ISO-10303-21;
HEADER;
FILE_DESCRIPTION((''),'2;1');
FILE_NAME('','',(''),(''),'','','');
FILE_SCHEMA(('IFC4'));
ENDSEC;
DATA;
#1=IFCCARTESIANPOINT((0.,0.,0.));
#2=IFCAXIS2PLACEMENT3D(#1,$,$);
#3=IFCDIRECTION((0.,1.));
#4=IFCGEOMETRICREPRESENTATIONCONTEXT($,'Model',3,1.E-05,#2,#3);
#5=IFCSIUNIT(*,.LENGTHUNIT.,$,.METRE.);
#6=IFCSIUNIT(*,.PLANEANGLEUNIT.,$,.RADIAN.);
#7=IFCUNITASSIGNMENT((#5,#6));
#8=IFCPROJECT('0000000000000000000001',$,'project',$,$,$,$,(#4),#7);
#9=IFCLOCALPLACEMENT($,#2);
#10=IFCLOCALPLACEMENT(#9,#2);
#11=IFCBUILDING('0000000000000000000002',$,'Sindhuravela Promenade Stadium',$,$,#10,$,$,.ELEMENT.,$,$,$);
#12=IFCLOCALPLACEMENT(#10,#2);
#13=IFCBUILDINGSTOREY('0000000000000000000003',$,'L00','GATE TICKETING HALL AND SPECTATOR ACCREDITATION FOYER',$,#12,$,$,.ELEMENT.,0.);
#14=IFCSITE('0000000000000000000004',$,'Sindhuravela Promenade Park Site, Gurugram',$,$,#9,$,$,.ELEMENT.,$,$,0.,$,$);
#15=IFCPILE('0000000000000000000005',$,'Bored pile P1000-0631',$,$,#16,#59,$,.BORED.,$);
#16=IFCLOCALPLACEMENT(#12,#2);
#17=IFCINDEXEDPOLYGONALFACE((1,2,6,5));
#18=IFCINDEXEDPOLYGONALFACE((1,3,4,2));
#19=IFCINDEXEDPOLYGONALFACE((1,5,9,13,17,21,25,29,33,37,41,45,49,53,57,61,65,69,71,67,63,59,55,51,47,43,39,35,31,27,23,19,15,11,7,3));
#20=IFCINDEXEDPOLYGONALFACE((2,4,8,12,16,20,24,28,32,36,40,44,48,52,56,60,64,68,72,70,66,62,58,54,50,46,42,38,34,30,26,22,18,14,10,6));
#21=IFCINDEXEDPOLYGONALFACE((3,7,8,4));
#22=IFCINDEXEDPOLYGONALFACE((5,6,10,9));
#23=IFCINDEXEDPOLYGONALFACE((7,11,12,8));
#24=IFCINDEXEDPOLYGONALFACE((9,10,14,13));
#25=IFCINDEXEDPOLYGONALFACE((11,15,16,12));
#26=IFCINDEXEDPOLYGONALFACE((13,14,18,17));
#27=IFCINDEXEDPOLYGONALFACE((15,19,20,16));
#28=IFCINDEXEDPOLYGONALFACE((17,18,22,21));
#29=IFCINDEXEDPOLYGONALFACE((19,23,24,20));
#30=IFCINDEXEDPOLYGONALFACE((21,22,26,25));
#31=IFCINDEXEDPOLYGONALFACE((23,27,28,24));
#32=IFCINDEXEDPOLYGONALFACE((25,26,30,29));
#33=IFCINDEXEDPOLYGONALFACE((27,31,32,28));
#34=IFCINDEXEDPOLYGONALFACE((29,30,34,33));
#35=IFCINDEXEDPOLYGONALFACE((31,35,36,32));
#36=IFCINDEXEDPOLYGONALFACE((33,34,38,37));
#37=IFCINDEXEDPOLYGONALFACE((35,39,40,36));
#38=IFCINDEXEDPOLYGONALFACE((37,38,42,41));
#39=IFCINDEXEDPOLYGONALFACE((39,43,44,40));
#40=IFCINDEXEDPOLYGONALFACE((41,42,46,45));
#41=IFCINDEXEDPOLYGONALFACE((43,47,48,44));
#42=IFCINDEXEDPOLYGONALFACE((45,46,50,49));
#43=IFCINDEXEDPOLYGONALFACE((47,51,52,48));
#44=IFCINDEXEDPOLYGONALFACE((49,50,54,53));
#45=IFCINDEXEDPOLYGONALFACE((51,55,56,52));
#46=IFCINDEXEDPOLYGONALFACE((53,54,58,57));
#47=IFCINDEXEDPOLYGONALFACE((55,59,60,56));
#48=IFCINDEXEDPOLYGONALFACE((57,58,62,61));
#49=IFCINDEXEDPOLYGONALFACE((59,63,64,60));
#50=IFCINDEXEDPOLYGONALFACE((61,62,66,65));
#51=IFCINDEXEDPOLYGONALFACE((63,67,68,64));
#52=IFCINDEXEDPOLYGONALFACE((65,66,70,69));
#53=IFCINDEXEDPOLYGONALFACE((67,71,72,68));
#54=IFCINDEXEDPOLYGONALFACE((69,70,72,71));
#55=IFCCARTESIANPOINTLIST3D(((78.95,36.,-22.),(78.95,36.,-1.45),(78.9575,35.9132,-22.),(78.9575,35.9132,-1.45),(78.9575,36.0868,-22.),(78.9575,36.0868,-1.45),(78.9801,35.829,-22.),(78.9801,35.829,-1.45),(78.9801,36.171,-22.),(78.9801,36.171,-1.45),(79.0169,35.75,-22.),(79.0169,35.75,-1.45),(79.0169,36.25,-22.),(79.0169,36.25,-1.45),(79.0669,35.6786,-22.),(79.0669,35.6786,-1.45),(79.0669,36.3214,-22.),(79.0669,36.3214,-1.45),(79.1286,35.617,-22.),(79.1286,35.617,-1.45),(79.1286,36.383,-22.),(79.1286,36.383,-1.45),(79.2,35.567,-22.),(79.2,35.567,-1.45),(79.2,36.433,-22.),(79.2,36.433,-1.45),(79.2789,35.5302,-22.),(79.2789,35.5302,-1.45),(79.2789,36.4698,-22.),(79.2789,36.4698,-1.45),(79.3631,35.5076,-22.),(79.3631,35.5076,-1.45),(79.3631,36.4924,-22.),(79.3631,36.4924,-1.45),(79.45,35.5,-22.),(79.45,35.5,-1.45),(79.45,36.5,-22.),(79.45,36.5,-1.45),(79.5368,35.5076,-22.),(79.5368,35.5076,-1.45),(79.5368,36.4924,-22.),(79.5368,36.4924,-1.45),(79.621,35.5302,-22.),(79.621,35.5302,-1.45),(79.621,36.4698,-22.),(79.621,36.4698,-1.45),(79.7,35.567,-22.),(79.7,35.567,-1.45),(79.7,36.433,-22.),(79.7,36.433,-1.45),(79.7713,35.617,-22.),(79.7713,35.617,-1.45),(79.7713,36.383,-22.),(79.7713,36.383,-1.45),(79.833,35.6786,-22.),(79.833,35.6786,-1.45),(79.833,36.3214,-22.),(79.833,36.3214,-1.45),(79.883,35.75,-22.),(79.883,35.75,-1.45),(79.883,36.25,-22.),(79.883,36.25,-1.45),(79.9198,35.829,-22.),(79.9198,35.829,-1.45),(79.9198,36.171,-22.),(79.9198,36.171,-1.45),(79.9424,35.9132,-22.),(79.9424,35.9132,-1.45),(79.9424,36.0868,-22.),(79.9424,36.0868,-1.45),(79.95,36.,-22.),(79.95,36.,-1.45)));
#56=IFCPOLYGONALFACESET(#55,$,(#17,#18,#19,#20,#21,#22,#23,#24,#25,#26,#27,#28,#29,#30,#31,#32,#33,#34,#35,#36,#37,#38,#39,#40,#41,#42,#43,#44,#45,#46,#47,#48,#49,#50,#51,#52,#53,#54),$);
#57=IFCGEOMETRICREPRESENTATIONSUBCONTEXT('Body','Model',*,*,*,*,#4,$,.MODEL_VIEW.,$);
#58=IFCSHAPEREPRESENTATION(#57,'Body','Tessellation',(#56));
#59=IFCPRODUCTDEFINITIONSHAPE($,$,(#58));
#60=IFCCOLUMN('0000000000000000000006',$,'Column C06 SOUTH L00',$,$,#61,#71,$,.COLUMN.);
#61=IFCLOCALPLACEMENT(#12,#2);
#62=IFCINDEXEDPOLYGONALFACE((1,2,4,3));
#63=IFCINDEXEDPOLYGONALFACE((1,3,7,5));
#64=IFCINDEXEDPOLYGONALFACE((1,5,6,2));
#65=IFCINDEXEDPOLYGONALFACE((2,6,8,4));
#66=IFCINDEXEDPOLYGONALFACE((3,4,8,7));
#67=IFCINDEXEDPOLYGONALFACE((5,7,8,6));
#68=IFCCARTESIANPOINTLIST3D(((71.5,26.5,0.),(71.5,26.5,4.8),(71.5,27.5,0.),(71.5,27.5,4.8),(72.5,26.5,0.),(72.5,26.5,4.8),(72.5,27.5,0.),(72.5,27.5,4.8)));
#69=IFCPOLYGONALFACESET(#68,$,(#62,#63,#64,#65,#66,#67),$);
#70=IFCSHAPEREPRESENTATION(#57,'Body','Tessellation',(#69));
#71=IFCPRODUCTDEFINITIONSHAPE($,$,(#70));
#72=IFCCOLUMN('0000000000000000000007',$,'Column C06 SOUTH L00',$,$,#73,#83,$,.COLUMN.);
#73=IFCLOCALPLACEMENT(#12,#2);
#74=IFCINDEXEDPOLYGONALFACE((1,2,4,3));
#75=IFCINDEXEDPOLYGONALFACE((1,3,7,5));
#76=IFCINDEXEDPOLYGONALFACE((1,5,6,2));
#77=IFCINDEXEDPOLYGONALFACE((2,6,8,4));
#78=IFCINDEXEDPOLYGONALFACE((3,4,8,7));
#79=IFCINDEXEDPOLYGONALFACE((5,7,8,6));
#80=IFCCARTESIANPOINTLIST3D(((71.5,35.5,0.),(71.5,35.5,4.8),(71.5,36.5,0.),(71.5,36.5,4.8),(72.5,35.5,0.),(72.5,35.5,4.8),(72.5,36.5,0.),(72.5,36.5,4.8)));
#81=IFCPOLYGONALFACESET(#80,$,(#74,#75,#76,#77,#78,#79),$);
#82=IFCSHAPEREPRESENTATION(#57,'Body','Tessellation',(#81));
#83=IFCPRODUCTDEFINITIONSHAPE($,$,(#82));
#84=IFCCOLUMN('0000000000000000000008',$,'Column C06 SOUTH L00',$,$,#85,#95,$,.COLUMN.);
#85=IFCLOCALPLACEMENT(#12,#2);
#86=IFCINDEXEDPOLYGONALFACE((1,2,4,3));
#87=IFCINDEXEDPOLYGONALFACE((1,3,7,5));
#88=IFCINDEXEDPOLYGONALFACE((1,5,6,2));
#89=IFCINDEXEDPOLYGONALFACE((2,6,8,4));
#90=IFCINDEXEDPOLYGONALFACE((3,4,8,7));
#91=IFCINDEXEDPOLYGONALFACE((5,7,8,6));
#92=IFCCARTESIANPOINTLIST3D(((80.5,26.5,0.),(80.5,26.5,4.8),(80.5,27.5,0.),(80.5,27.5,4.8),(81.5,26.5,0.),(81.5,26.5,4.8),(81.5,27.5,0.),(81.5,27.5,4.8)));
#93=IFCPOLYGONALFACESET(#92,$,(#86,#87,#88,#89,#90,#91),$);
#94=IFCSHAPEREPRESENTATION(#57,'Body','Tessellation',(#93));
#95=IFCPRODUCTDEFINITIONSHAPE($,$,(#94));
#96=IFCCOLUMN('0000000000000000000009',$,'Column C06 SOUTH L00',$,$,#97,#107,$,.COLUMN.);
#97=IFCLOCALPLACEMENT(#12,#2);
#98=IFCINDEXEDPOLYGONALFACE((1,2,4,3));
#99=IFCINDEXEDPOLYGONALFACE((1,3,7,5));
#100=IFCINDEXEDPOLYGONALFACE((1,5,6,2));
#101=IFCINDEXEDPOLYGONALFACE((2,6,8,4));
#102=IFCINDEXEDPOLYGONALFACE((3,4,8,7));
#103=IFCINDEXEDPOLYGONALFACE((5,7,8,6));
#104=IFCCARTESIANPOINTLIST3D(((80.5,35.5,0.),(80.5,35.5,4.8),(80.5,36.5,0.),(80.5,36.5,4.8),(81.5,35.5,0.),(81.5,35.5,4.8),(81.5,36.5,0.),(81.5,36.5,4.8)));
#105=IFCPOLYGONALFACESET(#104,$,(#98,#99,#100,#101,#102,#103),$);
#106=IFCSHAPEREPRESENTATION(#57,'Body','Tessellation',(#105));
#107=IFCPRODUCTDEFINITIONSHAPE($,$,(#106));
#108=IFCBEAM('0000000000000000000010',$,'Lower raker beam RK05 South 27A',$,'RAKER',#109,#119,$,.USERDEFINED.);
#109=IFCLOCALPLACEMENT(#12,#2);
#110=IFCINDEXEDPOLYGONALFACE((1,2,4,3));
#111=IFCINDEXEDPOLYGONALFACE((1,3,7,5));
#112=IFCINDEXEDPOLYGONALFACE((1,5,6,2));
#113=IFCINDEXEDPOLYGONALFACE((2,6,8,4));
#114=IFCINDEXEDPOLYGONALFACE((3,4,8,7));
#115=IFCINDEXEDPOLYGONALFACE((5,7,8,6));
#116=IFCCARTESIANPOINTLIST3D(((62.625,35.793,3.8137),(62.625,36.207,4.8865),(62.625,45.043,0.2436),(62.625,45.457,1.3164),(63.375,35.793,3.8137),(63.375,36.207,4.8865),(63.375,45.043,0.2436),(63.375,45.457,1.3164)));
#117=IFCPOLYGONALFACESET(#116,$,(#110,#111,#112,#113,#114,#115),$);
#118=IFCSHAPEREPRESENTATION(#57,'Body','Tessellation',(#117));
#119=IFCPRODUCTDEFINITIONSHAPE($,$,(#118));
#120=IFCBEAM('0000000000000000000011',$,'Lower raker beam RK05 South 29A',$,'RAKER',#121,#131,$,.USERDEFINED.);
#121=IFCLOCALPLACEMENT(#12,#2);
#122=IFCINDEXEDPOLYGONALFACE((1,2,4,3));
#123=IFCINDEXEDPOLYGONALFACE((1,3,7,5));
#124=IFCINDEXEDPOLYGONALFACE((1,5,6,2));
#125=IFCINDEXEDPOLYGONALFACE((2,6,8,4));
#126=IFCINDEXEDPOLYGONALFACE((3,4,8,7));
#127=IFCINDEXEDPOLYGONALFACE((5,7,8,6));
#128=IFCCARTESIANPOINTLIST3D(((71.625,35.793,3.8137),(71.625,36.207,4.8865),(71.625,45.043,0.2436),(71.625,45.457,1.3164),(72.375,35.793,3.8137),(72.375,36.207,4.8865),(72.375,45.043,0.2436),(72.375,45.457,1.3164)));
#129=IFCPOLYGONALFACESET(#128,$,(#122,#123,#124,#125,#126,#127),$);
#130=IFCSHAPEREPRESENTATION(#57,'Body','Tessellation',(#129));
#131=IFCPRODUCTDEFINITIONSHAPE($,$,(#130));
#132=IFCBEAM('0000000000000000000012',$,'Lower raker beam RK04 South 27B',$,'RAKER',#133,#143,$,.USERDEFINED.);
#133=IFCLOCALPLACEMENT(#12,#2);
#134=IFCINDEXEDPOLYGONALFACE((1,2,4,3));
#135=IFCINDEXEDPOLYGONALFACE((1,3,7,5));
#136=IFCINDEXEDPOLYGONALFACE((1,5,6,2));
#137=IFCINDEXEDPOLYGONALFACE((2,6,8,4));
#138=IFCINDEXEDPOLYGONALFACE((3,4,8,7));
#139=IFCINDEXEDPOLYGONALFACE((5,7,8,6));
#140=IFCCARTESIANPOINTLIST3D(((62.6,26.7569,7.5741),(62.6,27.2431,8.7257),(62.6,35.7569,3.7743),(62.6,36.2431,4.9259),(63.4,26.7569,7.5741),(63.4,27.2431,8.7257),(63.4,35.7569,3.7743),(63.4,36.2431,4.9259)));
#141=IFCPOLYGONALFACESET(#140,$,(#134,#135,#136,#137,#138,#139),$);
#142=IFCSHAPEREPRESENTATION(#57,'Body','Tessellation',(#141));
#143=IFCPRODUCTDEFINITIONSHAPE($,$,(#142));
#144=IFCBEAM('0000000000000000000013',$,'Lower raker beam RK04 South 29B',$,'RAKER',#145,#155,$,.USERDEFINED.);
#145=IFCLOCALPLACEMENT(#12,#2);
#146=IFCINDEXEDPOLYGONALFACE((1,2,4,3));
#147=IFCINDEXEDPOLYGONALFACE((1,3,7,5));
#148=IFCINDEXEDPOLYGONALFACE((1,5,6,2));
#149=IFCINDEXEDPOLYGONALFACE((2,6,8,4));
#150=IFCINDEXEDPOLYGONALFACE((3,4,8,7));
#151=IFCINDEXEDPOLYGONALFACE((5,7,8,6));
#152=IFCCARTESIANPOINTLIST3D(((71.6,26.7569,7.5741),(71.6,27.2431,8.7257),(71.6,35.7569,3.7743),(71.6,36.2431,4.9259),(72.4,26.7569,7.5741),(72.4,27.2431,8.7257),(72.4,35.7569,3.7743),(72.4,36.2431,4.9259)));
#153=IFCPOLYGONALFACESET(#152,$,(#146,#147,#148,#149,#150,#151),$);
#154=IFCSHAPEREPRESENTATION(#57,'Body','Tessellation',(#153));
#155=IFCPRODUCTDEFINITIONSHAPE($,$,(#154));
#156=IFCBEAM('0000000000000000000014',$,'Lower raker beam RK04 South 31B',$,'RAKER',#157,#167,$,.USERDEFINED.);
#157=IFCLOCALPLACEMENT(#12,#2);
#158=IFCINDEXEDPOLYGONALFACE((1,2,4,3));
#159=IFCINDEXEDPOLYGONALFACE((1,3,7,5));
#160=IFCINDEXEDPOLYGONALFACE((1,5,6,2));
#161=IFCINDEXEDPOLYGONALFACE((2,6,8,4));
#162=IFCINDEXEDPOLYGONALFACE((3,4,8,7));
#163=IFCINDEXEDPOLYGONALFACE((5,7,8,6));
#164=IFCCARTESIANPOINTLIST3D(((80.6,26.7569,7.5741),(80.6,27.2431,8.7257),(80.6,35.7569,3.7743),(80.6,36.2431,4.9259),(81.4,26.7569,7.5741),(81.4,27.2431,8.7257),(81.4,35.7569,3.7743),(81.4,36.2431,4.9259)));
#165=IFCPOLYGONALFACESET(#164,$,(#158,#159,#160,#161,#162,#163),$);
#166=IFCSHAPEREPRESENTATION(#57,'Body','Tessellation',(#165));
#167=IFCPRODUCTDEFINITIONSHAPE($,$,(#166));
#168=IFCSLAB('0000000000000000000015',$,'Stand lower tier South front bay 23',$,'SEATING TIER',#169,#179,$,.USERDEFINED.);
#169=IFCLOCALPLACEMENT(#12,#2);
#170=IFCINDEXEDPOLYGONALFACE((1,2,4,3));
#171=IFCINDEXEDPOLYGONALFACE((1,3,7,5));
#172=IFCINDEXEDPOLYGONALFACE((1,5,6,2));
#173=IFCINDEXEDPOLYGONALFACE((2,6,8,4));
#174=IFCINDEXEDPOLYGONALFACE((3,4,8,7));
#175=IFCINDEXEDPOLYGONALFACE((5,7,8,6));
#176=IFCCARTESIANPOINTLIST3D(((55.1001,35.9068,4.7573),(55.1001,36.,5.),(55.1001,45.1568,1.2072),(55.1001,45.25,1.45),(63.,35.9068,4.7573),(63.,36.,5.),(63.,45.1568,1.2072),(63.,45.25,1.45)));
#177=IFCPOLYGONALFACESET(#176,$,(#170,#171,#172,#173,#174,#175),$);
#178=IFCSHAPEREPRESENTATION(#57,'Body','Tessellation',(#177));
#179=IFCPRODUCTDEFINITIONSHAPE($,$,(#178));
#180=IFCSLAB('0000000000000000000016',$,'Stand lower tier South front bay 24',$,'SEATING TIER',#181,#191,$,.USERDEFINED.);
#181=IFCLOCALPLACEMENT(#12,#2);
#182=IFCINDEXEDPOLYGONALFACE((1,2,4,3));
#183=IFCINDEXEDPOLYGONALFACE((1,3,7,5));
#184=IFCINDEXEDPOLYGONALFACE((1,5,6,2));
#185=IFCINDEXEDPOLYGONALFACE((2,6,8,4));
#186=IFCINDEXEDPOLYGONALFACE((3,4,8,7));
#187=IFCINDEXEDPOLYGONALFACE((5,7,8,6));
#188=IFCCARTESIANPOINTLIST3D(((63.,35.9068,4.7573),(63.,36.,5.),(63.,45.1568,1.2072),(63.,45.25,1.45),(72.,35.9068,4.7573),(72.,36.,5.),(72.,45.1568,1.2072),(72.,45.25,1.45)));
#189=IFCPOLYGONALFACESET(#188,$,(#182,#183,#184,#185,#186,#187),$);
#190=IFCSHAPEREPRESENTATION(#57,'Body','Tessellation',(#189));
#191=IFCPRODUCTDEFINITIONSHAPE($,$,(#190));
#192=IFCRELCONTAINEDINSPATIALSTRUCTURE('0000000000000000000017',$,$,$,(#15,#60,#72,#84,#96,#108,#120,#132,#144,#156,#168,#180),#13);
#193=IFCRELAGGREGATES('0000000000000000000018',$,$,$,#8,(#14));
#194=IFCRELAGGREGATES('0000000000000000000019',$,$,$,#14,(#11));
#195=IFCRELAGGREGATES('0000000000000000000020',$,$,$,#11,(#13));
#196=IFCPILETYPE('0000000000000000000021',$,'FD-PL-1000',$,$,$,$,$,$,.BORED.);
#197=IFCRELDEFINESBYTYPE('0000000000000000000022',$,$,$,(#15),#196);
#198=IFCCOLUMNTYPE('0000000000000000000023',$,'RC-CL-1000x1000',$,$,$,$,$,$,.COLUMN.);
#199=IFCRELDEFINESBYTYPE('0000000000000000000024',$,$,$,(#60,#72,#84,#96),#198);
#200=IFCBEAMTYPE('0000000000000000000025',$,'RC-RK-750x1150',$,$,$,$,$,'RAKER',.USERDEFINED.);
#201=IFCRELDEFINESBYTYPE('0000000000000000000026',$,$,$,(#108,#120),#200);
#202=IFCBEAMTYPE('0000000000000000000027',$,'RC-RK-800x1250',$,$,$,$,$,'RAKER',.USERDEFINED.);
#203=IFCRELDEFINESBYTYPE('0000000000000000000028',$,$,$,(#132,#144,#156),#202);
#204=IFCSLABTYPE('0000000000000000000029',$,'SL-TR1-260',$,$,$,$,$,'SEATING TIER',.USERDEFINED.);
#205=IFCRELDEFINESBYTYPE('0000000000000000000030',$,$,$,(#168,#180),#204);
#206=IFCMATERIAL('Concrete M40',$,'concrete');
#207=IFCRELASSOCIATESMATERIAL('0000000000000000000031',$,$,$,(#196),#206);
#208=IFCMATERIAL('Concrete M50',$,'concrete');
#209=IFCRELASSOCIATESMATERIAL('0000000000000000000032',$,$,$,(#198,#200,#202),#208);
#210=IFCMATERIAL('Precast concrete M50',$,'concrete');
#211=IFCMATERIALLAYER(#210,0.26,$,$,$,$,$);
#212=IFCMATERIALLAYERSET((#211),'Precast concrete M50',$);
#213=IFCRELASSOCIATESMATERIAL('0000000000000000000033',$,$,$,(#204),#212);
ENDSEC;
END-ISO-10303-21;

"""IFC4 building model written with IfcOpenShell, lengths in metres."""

from ifc_helpers import new_model, si_unit, direction, frame, origin, origin_2d, place, context, subcontext, project, spatial, polyline, rectangle, circle, outline, extrude, material, layer, layer_set, material_profile, profile_set, type_object, element, save


model = new_model("IFC4")

# Units and contexts
model_context = context("Model", 3, precision=1e-05, world=origin(), true_north=direction((0.0, 1.0)))
body_context = subcontext(model_context, "Body", "Model", "MODEL_VIEW")
ifc_project = project(units=[si_unit("LENGTHUNIT", "METRE"), si_unit("PLANEANGLEUNIT", "RADIAN")], contexts=[model_context])

# Site, building, storey
site_placement = place(None, origin())
site = spatial("IfcSite", under=ifc_project, at=site_placement, Name="Sindhuravela Promenade Park Site, Gurugram", CompositionType="ELEMENT", RefElevation=0.0)
building_placement = place(site_placement, origin())
building = spatial("IfcBuilding", under=site, at=building_placement, Name="Sindhuravela Promenade Stadium", CompositionType="ELEMENT")
storey_placement = place(building_placement, origin())
storey = spatial("IfcBuildingStorey", under=building, at=storey_placement, Name="L00", Description="GATE TICKETING HALL AND SPECTATOR ACCREDITATION FOYER", CompositionType="ELEMENT", Elevation=0.0)

# Shared definitions
ifc_material_1 = material(Name="Concrete M50", Category="concrete")

# Pile
ifc_material_2 = material(Name="Concrete M40", Category="concrete")
ifc_material_profile_1 = material_profile(ifc_material_2, circle(Radius=0.5, at=origin_2d()), Name="BORED PILE D1000")
ifc_profile_set_1 = profile_set([ifc_material_profile_1], Name="Concrete M40")
pile_type = type_object("IfcPileType", Name="FD-PL-1000", PredefinedType="BORED", material=ifc_profile_set_1)
for number, where, z_axis, x_axis, name in (
    (1, (79.45, 36.0, -1.45), (0.0, 0.0, -1.0), (1.0, 0.0, 0.0), "Bored pile P1000-0631"),
):
    element("IfcPile", number, at=place(storey_placement, frame(where, z_axis=z_axis, x_axis=x_axis)), inside=storey, type_object=pile_type, Name=name, PredefinedType="BORED", context=body_context, shape_type="SweptSolid", body=[
        extrude(circle(Radius=0.5, at=origin_2d()), origin(), (0.0, 0.0, 1.0), 20.55),
    ])

# Columns
ifc_material_profile_2 = material_profile(ifc_material_1, rectangle(XDim=1.0, YDim=1.0, at=origin_2d()), Name="RC 1000x1000")
ifc_profile_set_2 = profile_set([ifc_material_profile_2], Name="Concrete M50")
column_type = type_object("IfcColumnType", Name="RC-CL-1000x1000", PredefinedType="COLUMN", material=ifc_profile_set_2)
for number, where, z_axis, x_axis, name in (
    (2, (72.0, 27.0, 0.0), (0.0, 0.0, 1.0), (1.0, 0.0, 0.0), "Column C06 SOUTH L00"),
    (3, (72.0, 36.0, 0.0), (0.0, 0.0, 1.0), (1.0, 0.0, 0.0), "Column C06 SOUTH L00"),
    (4, (81.0, 27.0, 0.0), (0.0, 0.0, 1.0), (1.0, 0.0, 0.0), "Column C06 SOUTH L00"),
    (5, (81.0, 36.0, 0.0), (0.0, 0.0, 1.0), (1.0, 0.0, 0.0), "Column C06 SOUTH L00"),
):
    element("IfcColumn", number, at=place(storey_placement, frame(where, z_axis=z_axis, x_axis=x_axis)), inside=storey, type_object=column_type, Name=name, PredefinedType="COLUMN", context=body_context, shape_type="SweptSolid", body=[
        extrude(rectangle(XDim=1.0, YDim=1.0, at=origin_2d()), origin(), (0.0, 0.0, 1.0), 4.8),
    ])

# Beams
ifc_material_profile_3 = material_profile(ifc_material_1, rectangle(XDim=0.75, YDim=1.1499, at=origin_2d()), Name="RC 750x1150")
ifc_profile_set_3 = profile_set([ifc_material_profile_3], Name="Concrete M50")
beam_type_1 = type_object("IfcBeamType", Name="RC-RK-750x1150", ElementType="RAKER", PredefinedType="USERDEFINED", material=ifc_profile_set_3)
for number, where, z_axis, x_axis, name in (
    (6, (63.0, 45.25, 0.78), (0.0, -0.932927, 0.360066), (1.0, 0.0, 0.0), "Lower raker beam RK05 South 27A"),
    (7, (72.0, 45.25, 0.78), (0.0, -0.932927, 0.360066), (1.0, 0.0, 0.0), "Lower raker beam RK05 South 29A"),
):
    element("IfcBeam", number, at=place(storey_placement, frame(where, z_axis=z_axis, x_axis=x_axis)), inside=storey, type_object=beam_type_1, Name=name, ObjectType="RAKER", PredefinedType="USERDEFINED", context=body_context, shape_type="SweptSolid", body=[
        extrude(rectangle(XDim=0.75, YDim=1.1499, at=origin_2d()), origin(), (0.0, 0.0, 1.0), 9.915),
    ])
ifc_material_profile_4 = material_profile(ifc_material_1, rectangle(XDim=0.8, YDim=1.25, at=origin_2d()), Name="RC 800x1250")
ifc_profile_set_4 = profile_set([ifc_material_profile_4], Name="Concrete M50")
beam_type_2 = type_object("IfcBeamType", Name="RC-RK-800x1250", ElementType="RAKER", PredefinedType="USERDEFINED", material=ifc_profile_set_4)
for number, where, z_axis, x_axis, name in (
    (8, (63.0, 36.0, 4.3501), (0.0, -0.921257, 0.388955), (1.0, 0.0, 0.0), "Lower raker beam RK04 South 27B"),
    (9, (72.0, 36.0, 4.3501), (0.0, -0.921257, 0.388955), (1.0, 0.0, 0.0), "Lower raker beam RK04 South 29B"),
    (10, (81.0, 36.0, 4.3501), (0.0, -0.921257, 0.388955), (1.0, 0.0, 0.0), "Lower raker beam RK04 South 31B"),
):
    element("IfcBeam", number, at=place(storey_placement, frame(where, z_axis=z_axis, x_axis=x_axis)), inside=storey, type_object=beam_type_2, Name=name, ObjectType="RAKER", PredefinedType="USERDEFINED", context=body_context, shape_type="SweptSolid", body=[
        extrude(rectangle(XDim=0.8, YDim=1.25, at=origin_2d()), origin(), (0.0, 0.0, 1.0), 9.7693),
    ])

# Slabs
ifc_material_3 = material(Name="Precast concrete M50", Category="concrete")
ifc_layer_1 = layer(ifc_material_3, 0.26)
ifc_layer_set_1 = layer_set([ifc_layer_1], Name="Precast concrete M50")
slab_type = type_object("IfcSlabType", Name="SL-TR1-260", ElementType="SEATING TIER", PredefinedType="USERDEFINED", material=ifc_layer_set_1)
slab_1_placement = place(storey_placement, frame((63.0, 45.25, 1.45), z_axis=(0.0, 0.358307, 0.933604), x_axis=(-1.0, 0.0, 0.0)))
element("IfcSlab", 11, at=slab_1_placement, inside=storey, type_object=slab_type, Name="Stand lower tier South front bay 23", ObjectType="SEATING TIER", PredefinedType="USERDEFINED", context=body_context, shape_type="SweptSolid", body=[
    extrude(outline(polyline([(0.0, 0.0), (7.8999, 0.0), (7.8999, 9.9078), (0.0, 9.9078), (0.0, 0.0)])), origin(), (0.0, 0.0, -1.0), 0.26),
])
slab_2_placement = place(storey_placement, frame((72.0, 45.25, 1.45), z_axis=(0.0, 0.358307, 0.933604), x_axis=(-1.0, 0.0, 0.0)))
element("IfcSlab", 12, at=slab_2_placement, inside=storey, type_object=slab_type, Name="Stand lower tier South front bay 24", ObjectType="SEATING TIER", PredefinedType="USERDEFINED", context=body_context, shape_type="SweptSolid", body=[
    extrude(outline(polyline([(0.0, 0.0), (9.0, 0.0), (9.0, 9.9078), (0.0, 9.9078), (0.0, 0.0)])), origin(), (0.0, 0.0, -1.0), 0.26),
])

save(model, "model.ifc")
